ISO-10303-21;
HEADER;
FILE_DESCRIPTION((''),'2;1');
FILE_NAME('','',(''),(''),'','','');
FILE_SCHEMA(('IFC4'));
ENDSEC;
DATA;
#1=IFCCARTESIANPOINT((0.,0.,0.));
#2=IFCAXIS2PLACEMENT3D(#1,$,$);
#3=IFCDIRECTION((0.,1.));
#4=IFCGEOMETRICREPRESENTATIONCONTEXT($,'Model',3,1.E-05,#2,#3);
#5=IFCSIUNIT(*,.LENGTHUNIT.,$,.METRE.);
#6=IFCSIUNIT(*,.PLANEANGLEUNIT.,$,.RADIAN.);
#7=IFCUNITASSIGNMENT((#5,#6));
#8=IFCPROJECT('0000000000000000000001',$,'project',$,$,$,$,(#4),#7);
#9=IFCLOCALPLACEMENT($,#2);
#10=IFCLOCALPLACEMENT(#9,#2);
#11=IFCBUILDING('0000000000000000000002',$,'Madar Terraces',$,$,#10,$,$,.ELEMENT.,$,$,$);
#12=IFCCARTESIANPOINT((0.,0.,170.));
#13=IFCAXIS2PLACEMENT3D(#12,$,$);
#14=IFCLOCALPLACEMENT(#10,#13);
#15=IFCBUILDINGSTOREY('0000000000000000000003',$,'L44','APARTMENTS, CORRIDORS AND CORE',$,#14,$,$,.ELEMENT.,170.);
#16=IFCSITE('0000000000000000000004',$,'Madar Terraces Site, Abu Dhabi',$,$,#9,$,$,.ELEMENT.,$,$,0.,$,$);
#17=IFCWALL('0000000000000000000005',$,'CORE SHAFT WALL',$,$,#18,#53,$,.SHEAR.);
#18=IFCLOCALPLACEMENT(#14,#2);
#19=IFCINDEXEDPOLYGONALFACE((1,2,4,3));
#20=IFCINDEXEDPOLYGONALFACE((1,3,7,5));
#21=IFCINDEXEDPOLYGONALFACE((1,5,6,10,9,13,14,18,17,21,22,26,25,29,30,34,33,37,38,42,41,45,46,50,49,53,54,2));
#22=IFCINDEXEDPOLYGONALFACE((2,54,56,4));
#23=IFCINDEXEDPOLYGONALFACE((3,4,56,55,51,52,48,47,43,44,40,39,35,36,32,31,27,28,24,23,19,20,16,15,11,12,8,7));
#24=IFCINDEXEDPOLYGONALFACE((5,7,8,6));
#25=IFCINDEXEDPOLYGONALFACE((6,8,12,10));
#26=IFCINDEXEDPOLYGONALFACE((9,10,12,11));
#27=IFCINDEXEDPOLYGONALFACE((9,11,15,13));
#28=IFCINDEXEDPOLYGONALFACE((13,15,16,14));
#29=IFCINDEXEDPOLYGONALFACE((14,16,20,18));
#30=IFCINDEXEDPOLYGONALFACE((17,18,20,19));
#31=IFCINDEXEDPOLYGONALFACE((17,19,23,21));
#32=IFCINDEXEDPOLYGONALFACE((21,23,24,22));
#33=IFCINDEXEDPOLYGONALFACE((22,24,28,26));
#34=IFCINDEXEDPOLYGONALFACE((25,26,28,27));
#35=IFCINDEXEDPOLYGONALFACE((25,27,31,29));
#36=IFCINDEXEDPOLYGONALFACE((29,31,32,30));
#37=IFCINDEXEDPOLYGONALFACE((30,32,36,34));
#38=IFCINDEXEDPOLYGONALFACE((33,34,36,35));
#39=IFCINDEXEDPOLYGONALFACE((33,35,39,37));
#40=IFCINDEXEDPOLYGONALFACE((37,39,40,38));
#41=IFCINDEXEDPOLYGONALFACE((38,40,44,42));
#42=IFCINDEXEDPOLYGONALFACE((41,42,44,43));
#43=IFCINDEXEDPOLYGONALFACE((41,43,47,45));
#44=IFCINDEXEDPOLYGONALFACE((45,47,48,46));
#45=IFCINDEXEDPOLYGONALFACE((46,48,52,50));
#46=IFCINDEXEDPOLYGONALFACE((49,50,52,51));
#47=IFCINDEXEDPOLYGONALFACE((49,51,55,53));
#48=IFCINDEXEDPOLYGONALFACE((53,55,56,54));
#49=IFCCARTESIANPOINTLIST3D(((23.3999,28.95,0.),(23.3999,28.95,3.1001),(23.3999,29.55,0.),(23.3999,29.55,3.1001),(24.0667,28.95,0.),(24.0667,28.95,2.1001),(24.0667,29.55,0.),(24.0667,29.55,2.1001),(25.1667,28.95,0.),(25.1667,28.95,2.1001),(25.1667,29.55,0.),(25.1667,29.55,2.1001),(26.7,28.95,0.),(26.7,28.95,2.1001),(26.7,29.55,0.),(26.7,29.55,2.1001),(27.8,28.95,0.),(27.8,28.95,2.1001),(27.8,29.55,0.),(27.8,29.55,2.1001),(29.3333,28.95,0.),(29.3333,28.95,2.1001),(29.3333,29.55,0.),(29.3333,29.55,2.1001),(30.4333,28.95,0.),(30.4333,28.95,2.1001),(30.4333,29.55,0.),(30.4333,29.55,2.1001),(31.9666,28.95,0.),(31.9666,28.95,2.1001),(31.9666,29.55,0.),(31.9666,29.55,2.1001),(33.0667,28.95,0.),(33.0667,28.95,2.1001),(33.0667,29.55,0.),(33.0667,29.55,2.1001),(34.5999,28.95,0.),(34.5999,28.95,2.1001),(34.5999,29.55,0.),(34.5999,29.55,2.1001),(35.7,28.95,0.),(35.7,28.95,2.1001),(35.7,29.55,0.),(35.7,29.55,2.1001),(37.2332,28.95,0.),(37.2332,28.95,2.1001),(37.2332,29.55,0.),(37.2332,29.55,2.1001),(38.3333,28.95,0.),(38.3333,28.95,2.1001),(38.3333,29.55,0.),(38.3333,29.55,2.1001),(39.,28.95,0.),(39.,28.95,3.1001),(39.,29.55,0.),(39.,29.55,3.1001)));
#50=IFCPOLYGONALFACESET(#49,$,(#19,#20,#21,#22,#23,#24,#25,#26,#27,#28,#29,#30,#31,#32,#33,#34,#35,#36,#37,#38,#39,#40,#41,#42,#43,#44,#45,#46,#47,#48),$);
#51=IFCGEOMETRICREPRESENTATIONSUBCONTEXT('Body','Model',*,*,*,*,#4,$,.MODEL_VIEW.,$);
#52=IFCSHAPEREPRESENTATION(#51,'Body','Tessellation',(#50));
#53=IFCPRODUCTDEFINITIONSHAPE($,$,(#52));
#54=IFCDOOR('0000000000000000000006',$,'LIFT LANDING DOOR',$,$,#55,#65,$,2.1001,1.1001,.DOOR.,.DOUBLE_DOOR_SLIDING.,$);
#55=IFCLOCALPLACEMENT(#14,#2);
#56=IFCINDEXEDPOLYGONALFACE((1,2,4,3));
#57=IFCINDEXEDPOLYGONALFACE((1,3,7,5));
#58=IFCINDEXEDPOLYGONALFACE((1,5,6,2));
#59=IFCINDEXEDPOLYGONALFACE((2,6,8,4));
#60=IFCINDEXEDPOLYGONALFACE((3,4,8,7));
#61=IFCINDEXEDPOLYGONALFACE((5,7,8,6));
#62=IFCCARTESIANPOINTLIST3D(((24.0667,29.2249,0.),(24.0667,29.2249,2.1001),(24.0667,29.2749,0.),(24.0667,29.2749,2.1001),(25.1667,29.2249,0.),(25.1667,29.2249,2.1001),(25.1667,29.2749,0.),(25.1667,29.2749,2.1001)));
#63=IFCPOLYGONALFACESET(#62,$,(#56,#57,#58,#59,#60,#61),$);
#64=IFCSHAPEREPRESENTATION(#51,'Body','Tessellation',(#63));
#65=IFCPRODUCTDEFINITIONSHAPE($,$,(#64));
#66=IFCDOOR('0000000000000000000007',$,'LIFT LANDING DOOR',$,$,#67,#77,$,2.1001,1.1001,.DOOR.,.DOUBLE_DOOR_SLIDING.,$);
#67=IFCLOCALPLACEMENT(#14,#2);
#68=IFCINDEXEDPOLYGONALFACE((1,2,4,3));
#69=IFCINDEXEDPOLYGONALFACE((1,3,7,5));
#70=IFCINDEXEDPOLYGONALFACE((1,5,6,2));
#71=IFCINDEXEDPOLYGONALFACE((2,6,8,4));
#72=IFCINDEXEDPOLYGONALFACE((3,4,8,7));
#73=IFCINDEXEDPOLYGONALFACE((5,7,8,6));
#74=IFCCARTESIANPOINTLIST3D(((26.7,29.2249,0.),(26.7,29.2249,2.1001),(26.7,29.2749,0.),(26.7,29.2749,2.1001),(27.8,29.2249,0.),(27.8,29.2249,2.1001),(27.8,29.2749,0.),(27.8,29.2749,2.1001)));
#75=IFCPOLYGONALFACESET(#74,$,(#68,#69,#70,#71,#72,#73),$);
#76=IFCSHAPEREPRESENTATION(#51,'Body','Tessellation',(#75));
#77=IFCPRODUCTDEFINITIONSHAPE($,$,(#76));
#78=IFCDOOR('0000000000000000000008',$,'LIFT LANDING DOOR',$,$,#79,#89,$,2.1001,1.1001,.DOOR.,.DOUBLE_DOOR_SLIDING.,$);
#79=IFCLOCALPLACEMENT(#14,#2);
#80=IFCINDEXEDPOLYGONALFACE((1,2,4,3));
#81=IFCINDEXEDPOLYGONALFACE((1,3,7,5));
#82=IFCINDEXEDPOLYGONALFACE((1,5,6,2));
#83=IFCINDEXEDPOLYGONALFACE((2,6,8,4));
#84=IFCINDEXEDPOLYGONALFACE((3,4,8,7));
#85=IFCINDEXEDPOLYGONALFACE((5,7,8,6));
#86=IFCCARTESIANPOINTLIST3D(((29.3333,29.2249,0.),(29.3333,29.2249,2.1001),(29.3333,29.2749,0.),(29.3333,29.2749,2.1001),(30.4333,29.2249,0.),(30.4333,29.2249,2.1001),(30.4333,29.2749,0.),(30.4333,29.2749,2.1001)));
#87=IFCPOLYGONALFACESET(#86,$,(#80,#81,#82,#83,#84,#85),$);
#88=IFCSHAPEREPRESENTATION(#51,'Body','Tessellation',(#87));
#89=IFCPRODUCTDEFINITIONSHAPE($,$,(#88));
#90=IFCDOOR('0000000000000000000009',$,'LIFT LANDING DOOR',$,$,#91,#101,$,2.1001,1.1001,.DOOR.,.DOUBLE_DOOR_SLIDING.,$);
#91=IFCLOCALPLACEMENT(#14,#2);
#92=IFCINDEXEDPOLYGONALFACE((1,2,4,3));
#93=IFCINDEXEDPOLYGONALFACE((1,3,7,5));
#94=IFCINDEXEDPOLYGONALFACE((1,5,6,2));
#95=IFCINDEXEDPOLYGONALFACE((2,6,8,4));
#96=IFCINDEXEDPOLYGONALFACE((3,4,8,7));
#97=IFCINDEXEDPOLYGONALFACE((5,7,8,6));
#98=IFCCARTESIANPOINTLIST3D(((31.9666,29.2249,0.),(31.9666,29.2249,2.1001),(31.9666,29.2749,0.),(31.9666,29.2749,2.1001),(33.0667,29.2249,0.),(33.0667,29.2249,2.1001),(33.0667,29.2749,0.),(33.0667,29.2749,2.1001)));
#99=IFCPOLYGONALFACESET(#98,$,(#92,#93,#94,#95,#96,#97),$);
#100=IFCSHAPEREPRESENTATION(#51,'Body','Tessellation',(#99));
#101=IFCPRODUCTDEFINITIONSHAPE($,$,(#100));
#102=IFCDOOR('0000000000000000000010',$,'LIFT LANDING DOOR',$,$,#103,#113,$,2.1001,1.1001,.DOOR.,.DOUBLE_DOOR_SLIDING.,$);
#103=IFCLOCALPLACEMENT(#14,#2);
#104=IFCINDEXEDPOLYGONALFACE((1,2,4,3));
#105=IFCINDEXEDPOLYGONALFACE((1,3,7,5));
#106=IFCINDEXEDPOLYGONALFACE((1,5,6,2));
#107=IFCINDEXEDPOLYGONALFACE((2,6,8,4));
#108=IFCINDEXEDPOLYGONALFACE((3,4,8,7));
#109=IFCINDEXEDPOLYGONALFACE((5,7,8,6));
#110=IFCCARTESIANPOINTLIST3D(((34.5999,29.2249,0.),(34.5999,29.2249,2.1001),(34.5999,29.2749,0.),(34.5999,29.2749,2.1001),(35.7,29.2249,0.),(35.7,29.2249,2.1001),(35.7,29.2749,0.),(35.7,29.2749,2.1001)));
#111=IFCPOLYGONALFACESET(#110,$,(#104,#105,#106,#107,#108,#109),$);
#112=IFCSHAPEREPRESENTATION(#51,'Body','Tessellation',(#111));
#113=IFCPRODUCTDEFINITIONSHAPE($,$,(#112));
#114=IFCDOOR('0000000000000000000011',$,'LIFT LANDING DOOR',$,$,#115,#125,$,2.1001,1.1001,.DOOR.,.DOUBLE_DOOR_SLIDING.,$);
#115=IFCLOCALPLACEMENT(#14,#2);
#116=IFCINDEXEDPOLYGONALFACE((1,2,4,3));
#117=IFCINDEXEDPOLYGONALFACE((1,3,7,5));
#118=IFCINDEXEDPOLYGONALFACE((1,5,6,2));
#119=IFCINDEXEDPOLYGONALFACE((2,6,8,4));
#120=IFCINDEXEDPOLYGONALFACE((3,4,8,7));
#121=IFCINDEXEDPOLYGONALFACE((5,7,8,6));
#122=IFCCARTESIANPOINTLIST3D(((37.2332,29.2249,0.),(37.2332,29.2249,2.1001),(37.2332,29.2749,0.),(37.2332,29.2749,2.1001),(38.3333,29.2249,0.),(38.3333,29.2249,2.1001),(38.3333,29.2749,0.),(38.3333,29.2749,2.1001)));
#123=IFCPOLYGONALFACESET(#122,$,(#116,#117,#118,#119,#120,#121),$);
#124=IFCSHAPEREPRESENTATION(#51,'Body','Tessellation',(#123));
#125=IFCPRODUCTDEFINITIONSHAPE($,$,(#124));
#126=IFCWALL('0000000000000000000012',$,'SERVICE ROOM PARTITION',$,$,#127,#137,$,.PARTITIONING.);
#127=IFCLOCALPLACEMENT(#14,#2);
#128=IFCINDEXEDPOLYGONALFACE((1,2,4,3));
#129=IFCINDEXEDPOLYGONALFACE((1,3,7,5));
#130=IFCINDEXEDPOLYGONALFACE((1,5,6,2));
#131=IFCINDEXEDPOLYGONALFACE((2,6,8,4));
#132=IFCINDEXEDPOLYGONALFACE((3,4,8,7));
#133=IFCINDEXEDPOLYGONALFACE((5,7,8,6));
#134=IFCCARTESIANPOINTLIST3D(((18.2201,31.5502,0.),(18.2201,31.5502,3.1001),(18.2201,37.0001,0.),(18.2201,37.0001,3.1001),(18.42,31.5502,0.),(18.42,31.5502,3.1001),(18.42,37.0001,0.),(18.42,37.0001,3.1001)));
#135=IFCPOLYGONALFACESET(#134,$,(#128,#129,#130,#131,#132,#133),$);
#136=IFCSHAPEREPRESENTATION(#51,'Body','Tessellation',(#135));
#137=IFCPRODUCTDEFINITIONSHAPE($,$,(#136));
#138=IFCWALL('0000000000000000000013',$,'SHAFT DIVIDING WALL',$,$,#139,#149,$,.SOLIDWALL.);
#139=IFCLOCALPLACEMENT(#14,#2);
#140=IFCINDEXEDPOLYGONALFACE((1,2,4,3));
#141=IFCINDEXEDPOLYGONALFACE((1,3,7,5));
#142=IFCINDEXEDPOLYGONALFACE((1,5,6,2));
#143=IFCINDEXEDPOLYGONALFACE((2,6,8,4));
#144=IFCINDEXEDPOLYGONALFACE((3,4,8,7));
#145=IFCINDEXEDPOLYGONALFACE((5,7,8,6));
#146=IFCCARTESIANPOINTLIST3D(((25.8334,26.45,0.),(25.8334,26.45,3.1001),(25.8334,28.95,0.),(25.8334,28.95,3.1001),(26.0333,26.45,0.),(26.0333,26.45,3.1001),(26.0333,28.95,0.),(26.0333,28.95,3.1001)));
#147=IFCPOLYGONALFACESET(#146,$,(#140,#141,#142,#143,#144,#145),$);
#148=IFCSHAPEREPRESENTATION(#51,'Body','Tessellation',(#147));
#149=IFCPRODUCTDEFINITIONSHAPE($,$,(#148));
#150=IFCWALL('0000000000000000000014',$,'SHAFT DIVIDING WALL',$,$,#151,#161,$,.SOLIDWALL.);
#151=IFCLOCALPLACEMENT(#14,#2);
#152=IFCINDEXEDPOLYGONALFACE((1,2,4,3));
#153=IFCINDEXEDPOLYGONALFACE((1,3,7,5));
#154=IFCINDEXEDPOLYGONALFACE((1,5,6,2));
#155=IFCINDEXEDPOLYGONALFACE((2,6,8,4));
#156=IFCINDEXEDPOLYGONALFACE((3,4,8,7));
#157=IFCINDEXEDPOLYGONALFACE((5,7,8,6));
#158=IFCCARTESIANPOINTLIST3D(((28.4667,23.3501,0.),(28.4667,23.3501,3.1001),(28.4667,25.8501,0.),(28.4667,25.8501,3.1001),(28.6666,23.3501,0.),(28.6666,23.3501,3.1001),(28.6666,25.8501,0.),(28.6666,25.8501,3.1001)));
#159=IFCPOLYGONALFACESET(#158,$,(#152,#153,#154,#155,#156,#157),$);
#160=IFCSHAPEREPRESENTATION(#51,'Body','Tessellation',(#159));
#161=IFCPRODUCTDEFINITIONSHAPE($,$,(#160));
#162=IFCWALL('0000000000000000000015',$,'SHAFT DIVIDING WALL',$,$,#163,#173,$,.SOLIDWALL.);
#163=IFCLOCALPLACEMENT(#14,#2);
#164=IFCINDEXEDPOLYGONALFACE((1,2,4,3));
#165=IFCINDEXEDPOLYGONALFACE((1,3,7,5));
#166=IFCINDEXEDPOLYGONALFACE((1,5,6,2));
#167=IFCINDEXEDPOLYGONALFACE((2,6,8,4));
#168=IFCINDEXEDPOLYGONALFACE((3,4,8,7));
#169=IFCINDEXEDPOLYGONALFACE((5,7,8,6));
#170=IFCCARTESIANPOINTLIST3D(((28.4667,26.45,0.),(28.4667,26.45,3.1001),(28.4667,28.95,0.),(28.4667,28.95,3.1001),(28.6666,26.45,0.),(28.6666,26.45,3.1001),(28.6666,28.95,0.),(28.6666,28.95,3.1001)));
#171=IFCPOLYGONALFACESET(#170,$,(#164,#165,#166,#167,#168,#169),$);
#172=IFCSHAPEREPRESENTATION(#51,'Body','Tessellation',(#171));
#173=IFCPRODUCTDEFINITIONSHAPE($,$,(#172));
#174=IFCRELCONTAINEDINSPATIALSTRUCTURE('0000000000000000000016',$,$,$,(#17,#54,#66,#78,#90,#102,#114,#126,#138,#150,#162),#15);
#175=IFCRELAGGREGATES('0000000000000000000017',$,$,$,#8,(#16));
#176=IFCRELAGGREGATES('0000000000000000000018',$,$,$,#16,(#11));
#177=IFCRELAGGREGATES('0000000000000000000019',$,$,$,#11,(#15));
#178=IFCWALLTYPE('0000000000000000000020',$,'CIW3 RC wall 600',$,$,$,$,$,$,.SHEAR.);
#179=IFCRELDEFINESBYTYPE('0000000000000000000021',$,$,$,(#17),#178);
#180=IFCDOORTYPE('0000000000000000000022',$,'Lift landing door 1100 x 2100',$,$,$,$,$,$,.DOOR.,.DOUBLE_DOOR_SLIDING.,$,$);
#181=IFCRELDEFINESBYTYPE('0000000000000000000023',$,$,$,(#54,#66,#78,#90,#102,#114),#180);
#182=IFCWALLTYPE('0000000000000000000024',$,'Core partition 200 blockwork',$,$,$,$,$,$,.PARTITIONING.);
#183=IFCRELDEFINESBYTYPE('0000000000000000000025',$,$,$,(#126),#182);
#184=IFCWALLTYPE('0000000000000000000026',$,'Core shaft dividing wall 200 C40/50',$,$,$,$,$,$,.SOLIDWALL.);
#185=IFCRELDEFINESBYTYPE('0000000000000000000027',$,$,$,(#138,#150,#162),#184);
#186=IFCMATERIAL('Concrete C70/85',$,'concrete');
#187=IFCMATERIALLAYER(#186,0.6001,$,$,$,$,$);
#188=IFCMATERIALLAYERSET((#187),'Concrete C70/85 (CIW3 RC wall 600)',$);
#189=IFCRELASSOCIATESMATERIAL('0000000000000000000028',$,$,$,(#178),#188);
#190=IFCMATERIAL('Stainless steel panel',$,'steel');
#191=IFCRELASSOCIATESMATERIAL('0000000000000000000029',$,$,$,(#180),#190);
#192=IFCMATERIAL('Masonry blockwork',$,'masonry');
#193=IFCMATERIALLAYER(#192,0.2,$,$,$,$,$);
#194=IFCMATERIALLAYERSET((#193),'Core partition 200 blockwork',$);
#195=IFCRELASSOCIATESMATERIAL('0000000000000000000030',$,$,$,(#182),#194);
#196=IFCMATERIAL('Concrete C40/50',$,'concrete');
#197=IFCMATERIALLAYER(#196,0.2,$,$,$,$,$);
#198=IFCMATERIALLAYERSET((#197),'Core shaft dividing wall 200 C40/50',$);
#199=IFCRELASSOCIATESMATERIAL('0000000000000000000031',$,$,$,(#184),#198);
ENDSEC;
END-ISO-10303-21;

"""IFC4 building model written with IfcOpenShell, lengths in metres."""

from ifc_helpers import new_model, si_unit, direction, frame, frame_2d, origin, place, context, subcontext, project, spatial, rectangle, extrude, material, layer, layer_set, type_object, element, fill, save


model = new_model("IFC4")

# Units and contexts
model_context = context("Model", 3, precision=1e-05, world=origin(), true_north=direction((0.0, 1.0)))
body_context = subcontext(model_context, "Body", "Model", "MODEL_VIEW")
ifc_project = project(units=[si_unit("LENGTHUNIT", "METRE"), si_unit("PLANEANGLEUNIT", "RADIAN")], contexts=[model_context])

# Site, building, storey
site_placement = place(None, origin())
site = spatial("IfcSite", under=ifc_project, at=site_placement, Name="Madar Terraces Site, Abu Dhabi", CompositionType="ELEMENT", RefElevation=0.0)
building_placement = place(site_placement, origin())
building = spatial("IfcBuilding", under=site, at=building_placement, Name="Madar Terraces", CompositionType="ELEMENT")
storey_placement = place(building_placement, frame((0.0, 0.0, 170.0)))
storey = spatial("IfcBuildingStorey", under=building, at=storey_placement, Name="L44", Description="APARTMENTS, CORRIDORS AND CORE", CompositionType="ELEMENT", Elevation=170.0)

# Shared definitions
ifc_material_1 = material(Name="Concrete C70/85", Category="concrete")
ifc_layer_1 = layer(ifc_material_1, 0.6001)
ifc_layer_set_1 = layer_set([ifc_layer_1], Name="Concrete C70/85 (CIW3 RC wall 600)")
wall_type_1 = type_object("IfcWallType", Name="CIW3 RC wall 600", PredefinedType="SHEAR", material=ifc_layer_set_1)

# Wall, openings, doors
wall_1_placement = place(storey_placement, frame((23.3999, 29.25, 0.0), z_axis=(0.0, 0.0, 1.0), x_axis=(1.0, 0.0, 0.0)))
wall_1 = element("IfcWall", 1, at=wall_1_placement, inside=storey, type_object=wall_type_1, Name="CORE SHAFT WALL", PredefinedType="SHEAR", context=body_context, shape_type="SweptSolid", body=[
    extrude(rectangle(XDim=15.6001, YDim=0.6001, at=frame_2d((7.8, 0.0))), origin(), (0.0, 0.0, 1.0), 3.1001),
])
opening_1_placement = place(wall_1_placement, frame((0.6667, 0.0, 0.0)))
opening_1 = element("IfcOpeningElement", 2, at=opening_1_placement, cuts=wall_1, PredefinedType="OPENING", context=body_context, shape_type="SweptSolid", body=[
    extrude(rectangle(XDim=1.1001, YDim=2.1001, at=frame_2d((0.55, 1.05))), frame((0.0, 0.3101, 0.0), z_axis=(0.0, -1.0, 0.0), x_axis=(1.0, 0.0, 0.0)), (0.0, 0.0, 1.0), 0.6201),
])
opening_2_placement = place(wall_1_placement, frame((3.3, 0.0, 0.0)))
opening_2 = element("IfcOpeningElement", 3, at=opening_2_placement, cuts=wall_1, PredefinedType="OPENING", context=body_context, shape_type="SweptSolid", body=[
    extrude(rectangle(XDim=1.1001, YDim=2.1001, at=frame_2d((0.55, 1.05))), frame((0.0, 0.3101, 0.0), z_axis=(0.0, -1.0, 0.0), x_axis=(1.0, 0.0, 0.0)), (0.0, 0.0, 1.0), 0.6201),
])
opening_3_placement = place(wall_1_placement, frame((5.9333, 0.0, 0.0)))
opening_3 = element("IfcOpeningElement", 4, at=opening_3_placement, cuts=wall_1, PredefinedType="OPENING", context=body_context, shape_type="SweptSolid", body=[
    extrude(rectangle(XDim=1.1001, YDim=2.1001, at=frame_2d((0.55, 1.05))), frame((0.0, 0.3101, 0.0), z_axis=(0.0, -1.0, 0.0), x_axis=(1.0, 0.0, 0.0)), (0.0, 0.0, 1.0), 0.6201),
])
opening_4_placement = place(wall_1_placement, frame((8.5667, 0.0, 0.0)))
opening_4 = element("IfcOpeningElement", 5, at=opening_4_placement, cuts=wall_1, PredefinedType="OPENING", context=body_context, shape_type="SweptSolid", body=[
    extrude(rectangle(XDim=1.1001, YDim=2.1001, at=frame_2d((0.55, 1.05))), frame((0.0, 0.3101, 0.0), z_axis=(0.0, -1.0, 0.0), x_axis=(1.0, 0.0, 0.0)), (0.0, 0.0, 1.0), 0.6201),
])
opening_5_placement = place(wall_1_placement, frame((11.2, 0.0, 0.0)))
opening_5 = element("IfcOpeningElement", 6, at=opening_5_placement, cuts=wall_1, PredefinedType="OPENING", context=body_context, shape_type="SweptSolid", body=[
    extrude(rectangle(XDim=1.1001, YDim=2.1001, at=frame_2d((0.55, 1.05))), frame((0.0, 0.3101, 0.0), z_axis=(0.0, -1.0, 0.0), x_axis=(1.0, 0.0, 0.0)), (0.0, 0.0, 1.0), 0.6201),
])
opening_6_placement = place(wall_1_placement, frame((13.8333, 0.0, 0.0)))
opening_6 = element("IfcOpeningElement", 7, at=opening_6_placement, cuts=wall_1, PredefinedType="OPENING", context=body_context, shape_type="SweptSolid", body=[
    extrude(rectangle(XDim=1.1001, YDim=2.1001, at=frame_2d((0.55, 1.05))), frame((0.0, 0.3101, 0.0), z_axis=(0.0, -1.0, 0.0), x_axis=(1.0, 0.0, 0.0)), (0.0, 0.0, 1.0), 0.6201),
])
ifc_material_2 = material(Name="Stainless steel panel", Category="steel")
door_type_1 = type_object("IfcDoorType", Name="Lift landing door 1100 x 2100", OperationType="DOUBLE_DOOR_SLIDING", PredefinedType="DOOR", material=ifc_material_2)
door_1_placement = place(opening_1_placement, origin())
door_1 = element("IfcDoor", 8, at=door_1_placement, inside=storey, type_object=door_type_1, Name="LIFT LANDING DOOR", OperationType="DOUBLE_DOOR_SLIDING", OverallHeight=2.1001, OverallWidth=1.1001, PredefinedType="DOOR", context=body_context, shape_type="SweptSolid", body=[
    extrude(rectangle(XDim=1.1001, YDim=2.1001, at=frame_2d((0.55, 1.05))), frame((0.0, 0.0249, 0.0), z_axis=(0.0, -1.0, 0.0), x_axis=(1.0, 0.0, 0.0)), (0.0, 0.0, 1.0), 0.05),
])
fill(opening_1, door_1)
door_2_placement = place(opening_2_placement, origin())
door_2 = element("IfcDoor", 9, at=door_2_placement, inside=storey, type_object=door_type_1, Name="LIFT LANDING DOOR", OperationType="DOUBLE_DOOR_SLIDING", OverallHeight=2.1001, OverallWidth=1.1001, PredefinedType="DOOR", context=body_context, shape_type="SweptSolid", body=[
    extrude(rectangle(XDim=1.1001, YDim=2.1001, at=frame_2d((0.55, 1.05))), frame((0.0, 0.0249, 0.0), z_axis=(0.0, -1.0, 0.0), x_axis=(1.0, 0.0, 0.0)), (0.0, 0.0, 1.0), 0.05),
])
fill(opening_2, door_2)
door_3_placement = place(opening_3_placement, origin())
door_3 = element("IfcDoor", 10, at=door_3_placement, inside=storey, type_object=door_type_1, Name="LIFT LANDING DOOR", OperationType="DOUBLE_DOOR_SLIDING", OverallHeight=2.1001, OverallWidth=1.1001, PredefinedType="DOOR", context=body_context, shape_type="SweptSolid", body=[
    extrude(rectangle(XDim=1.1001, YDim=2.1001, at=frame_2d((0.55, 1.05))), frame((0.0, 0.0249, 0.0), z_axis=(0.0, -1.0, 0.0), x_axis=(1.0, 0.0, 0.0)), (0.0, 0.0, 1.0), 0.05),
])
fill(opening_3, door_3)
door_4_placement = place(opening_4_placement, origin())
door_4 = element("IfcDoor", 11, at=door_4_placement, inside=storey, type_object=door_type_1, Name="LIFT LANDING DOOR", OperationType="DOUBLE_DOOR_SLIDING", OverallHeight=2.1001, OverallWidth=1.1001, PredefinedType="DOOR", context=body_context, shape_type="SweptSolid", body=[
    extrude(rectangle(XDim=1.1001, YDim=2.1001, at=frame_2d((0.55, 1.05))), frame((0.0, 0.0249, 0.0), z_axis=(0.0, -1.0, 0.0), x_axis=(1.0, 0.0, 0.0)), (0.0, 0.0, 1.0), 0.05),
])
fill(opening_4, door_4)
door_5_placement = place(opening_5_placement, origin())
door_5 = element("IfcDoor", 12, at=door_5_placement, inside=storey, type_object=door_type_1, Name="LIFT LANDING DOOR", OperationType="DOUBLE_DOOR_SLIDING", OverallHeight=2.1001, OverallWidth=1.1001, PredefinedType="DOOR", context=body_context, shape_type="SweptSolid", body=[
    extrude(rectangle(XDim=1.1001, YDim=2.1001, at=frame_2d((0.55, 1.05))), frame((0.0, 0.0249, 0.0), z_axis=(0.0, -1.0, 0.0), x_axis=(1.0, 0.0, 0.0)), (0.0, 0.0, 1.0), 0.05),
])
fill(opening_5, door_5)
door_6_placement = place(opening_6_placement, origin())
door_6 = element("IfcDoor", 13, at=door_6_placement, inside=storey, type_object=door_type_1, Name="LIFT LANDING DOOR", OperationType="DOUBLE_DOOR_SLIDING", OverallHeight=2.1001, OverallWidth=1.1001, PredefinedType="DOOR", context=body_context, shape_type="SweptSolid", body=[
    extrude(rectangle(XDim=1.1001, YDim=2.1001, at=frame_2d((0.55, 1.05))), frame((0.0, 0.0249, 0.0), z_axis=(0.0, -1.0, 0.0), x_axis=(1.0, 0.0, 0.0)), (0.0, 0.0, 1.0), 0.05),
])
fill(opening_6, door_6)

# Walls
ifc_material_3 = material(Name="Masonry blockwork", Category="masonry")
ifc_layer_2 = layer(ifc_material_3, 0.2)
ifc_layer_set_2 = layer_set([ifc_layer_2], Name="Core partition 200 blockwork")
wall_type_2 = type_object("IfcWallType", Name="Core partition 200 blockwork", PredefinedType="PARTITIONING", material=ifc_layer_set_2)
wall_2_placement = place(storey_placement, frame((18.3201, 31.55, 0.0), z_axis=(0.0, 0.0, 1.0), x_axis=(0.0, 1.0, 0.0)))
element("IfcWall", 14, at=wall_2_placement, inside=storey, type_object=wall_type_2, Name="SERVICE ROOM PARTITION", PredefinedType="PARTITIONING", context=body_context, shape_type="SweptSolid", body=[
    extrude(rectangle(XDim=5.45, YDim=0.2, at=frame_2d((2.7251, 0.0))), origin(), (0.0, 0.0, 1.0), 3.1001),
])
ifc_material_4 = material(Name="Concrete C40/50", Category="concrete")
ifc_layer_3 = layer(ifc_material_4, 0.2)
ifc_layer_set_3 = layer_set([ifc_layer_3], Name="Core shaft dividing wall 200 C40/50")
wall_type_3 = type_object("IfcWallType", Name="Core shaft dividing wall 200 C40/50", PredefinedType="SOLIDWALL", material=ifc_layer_set_3)
for number, where, z_axis, x_axis, name in (
    (15, (25.9333, 26.45, 0.0), (0.0, 0.0, 1.0), (0.0, 1.0, 0.0), "SHAFT DIVIDING WALL"),
    (16, (28.5667, 23.3501, 0.0), (0.0, 0.0, 1.0), (0.0, 1.0, 0.0), "SHAFT DIVIDING WALL"),
    (17, (28.5667, 26.45, 0.0), (0.0, 0.0, 1.0), (0.0, 1.0, 0.0), "SHAFT DIVIDING WALL"),
):
    element("IfcWall", number, at=place(storey_placement, frame(where, z_axis=z_axis, x_axis=x_axis)), inside=storey, type_object=wall_type_3, Name=name, PredefinedType="SOLIDWALL", context=body_context, shape_type="SweptSolid", body=[
        extrude(rectangle(XDim=2.5, YDim=0.2, at=frame_2d((1.25, 0.0))), origin(), (0.0, 0.0, 1.0), 3.1001),
    ])

save(model, "model.ifc")
